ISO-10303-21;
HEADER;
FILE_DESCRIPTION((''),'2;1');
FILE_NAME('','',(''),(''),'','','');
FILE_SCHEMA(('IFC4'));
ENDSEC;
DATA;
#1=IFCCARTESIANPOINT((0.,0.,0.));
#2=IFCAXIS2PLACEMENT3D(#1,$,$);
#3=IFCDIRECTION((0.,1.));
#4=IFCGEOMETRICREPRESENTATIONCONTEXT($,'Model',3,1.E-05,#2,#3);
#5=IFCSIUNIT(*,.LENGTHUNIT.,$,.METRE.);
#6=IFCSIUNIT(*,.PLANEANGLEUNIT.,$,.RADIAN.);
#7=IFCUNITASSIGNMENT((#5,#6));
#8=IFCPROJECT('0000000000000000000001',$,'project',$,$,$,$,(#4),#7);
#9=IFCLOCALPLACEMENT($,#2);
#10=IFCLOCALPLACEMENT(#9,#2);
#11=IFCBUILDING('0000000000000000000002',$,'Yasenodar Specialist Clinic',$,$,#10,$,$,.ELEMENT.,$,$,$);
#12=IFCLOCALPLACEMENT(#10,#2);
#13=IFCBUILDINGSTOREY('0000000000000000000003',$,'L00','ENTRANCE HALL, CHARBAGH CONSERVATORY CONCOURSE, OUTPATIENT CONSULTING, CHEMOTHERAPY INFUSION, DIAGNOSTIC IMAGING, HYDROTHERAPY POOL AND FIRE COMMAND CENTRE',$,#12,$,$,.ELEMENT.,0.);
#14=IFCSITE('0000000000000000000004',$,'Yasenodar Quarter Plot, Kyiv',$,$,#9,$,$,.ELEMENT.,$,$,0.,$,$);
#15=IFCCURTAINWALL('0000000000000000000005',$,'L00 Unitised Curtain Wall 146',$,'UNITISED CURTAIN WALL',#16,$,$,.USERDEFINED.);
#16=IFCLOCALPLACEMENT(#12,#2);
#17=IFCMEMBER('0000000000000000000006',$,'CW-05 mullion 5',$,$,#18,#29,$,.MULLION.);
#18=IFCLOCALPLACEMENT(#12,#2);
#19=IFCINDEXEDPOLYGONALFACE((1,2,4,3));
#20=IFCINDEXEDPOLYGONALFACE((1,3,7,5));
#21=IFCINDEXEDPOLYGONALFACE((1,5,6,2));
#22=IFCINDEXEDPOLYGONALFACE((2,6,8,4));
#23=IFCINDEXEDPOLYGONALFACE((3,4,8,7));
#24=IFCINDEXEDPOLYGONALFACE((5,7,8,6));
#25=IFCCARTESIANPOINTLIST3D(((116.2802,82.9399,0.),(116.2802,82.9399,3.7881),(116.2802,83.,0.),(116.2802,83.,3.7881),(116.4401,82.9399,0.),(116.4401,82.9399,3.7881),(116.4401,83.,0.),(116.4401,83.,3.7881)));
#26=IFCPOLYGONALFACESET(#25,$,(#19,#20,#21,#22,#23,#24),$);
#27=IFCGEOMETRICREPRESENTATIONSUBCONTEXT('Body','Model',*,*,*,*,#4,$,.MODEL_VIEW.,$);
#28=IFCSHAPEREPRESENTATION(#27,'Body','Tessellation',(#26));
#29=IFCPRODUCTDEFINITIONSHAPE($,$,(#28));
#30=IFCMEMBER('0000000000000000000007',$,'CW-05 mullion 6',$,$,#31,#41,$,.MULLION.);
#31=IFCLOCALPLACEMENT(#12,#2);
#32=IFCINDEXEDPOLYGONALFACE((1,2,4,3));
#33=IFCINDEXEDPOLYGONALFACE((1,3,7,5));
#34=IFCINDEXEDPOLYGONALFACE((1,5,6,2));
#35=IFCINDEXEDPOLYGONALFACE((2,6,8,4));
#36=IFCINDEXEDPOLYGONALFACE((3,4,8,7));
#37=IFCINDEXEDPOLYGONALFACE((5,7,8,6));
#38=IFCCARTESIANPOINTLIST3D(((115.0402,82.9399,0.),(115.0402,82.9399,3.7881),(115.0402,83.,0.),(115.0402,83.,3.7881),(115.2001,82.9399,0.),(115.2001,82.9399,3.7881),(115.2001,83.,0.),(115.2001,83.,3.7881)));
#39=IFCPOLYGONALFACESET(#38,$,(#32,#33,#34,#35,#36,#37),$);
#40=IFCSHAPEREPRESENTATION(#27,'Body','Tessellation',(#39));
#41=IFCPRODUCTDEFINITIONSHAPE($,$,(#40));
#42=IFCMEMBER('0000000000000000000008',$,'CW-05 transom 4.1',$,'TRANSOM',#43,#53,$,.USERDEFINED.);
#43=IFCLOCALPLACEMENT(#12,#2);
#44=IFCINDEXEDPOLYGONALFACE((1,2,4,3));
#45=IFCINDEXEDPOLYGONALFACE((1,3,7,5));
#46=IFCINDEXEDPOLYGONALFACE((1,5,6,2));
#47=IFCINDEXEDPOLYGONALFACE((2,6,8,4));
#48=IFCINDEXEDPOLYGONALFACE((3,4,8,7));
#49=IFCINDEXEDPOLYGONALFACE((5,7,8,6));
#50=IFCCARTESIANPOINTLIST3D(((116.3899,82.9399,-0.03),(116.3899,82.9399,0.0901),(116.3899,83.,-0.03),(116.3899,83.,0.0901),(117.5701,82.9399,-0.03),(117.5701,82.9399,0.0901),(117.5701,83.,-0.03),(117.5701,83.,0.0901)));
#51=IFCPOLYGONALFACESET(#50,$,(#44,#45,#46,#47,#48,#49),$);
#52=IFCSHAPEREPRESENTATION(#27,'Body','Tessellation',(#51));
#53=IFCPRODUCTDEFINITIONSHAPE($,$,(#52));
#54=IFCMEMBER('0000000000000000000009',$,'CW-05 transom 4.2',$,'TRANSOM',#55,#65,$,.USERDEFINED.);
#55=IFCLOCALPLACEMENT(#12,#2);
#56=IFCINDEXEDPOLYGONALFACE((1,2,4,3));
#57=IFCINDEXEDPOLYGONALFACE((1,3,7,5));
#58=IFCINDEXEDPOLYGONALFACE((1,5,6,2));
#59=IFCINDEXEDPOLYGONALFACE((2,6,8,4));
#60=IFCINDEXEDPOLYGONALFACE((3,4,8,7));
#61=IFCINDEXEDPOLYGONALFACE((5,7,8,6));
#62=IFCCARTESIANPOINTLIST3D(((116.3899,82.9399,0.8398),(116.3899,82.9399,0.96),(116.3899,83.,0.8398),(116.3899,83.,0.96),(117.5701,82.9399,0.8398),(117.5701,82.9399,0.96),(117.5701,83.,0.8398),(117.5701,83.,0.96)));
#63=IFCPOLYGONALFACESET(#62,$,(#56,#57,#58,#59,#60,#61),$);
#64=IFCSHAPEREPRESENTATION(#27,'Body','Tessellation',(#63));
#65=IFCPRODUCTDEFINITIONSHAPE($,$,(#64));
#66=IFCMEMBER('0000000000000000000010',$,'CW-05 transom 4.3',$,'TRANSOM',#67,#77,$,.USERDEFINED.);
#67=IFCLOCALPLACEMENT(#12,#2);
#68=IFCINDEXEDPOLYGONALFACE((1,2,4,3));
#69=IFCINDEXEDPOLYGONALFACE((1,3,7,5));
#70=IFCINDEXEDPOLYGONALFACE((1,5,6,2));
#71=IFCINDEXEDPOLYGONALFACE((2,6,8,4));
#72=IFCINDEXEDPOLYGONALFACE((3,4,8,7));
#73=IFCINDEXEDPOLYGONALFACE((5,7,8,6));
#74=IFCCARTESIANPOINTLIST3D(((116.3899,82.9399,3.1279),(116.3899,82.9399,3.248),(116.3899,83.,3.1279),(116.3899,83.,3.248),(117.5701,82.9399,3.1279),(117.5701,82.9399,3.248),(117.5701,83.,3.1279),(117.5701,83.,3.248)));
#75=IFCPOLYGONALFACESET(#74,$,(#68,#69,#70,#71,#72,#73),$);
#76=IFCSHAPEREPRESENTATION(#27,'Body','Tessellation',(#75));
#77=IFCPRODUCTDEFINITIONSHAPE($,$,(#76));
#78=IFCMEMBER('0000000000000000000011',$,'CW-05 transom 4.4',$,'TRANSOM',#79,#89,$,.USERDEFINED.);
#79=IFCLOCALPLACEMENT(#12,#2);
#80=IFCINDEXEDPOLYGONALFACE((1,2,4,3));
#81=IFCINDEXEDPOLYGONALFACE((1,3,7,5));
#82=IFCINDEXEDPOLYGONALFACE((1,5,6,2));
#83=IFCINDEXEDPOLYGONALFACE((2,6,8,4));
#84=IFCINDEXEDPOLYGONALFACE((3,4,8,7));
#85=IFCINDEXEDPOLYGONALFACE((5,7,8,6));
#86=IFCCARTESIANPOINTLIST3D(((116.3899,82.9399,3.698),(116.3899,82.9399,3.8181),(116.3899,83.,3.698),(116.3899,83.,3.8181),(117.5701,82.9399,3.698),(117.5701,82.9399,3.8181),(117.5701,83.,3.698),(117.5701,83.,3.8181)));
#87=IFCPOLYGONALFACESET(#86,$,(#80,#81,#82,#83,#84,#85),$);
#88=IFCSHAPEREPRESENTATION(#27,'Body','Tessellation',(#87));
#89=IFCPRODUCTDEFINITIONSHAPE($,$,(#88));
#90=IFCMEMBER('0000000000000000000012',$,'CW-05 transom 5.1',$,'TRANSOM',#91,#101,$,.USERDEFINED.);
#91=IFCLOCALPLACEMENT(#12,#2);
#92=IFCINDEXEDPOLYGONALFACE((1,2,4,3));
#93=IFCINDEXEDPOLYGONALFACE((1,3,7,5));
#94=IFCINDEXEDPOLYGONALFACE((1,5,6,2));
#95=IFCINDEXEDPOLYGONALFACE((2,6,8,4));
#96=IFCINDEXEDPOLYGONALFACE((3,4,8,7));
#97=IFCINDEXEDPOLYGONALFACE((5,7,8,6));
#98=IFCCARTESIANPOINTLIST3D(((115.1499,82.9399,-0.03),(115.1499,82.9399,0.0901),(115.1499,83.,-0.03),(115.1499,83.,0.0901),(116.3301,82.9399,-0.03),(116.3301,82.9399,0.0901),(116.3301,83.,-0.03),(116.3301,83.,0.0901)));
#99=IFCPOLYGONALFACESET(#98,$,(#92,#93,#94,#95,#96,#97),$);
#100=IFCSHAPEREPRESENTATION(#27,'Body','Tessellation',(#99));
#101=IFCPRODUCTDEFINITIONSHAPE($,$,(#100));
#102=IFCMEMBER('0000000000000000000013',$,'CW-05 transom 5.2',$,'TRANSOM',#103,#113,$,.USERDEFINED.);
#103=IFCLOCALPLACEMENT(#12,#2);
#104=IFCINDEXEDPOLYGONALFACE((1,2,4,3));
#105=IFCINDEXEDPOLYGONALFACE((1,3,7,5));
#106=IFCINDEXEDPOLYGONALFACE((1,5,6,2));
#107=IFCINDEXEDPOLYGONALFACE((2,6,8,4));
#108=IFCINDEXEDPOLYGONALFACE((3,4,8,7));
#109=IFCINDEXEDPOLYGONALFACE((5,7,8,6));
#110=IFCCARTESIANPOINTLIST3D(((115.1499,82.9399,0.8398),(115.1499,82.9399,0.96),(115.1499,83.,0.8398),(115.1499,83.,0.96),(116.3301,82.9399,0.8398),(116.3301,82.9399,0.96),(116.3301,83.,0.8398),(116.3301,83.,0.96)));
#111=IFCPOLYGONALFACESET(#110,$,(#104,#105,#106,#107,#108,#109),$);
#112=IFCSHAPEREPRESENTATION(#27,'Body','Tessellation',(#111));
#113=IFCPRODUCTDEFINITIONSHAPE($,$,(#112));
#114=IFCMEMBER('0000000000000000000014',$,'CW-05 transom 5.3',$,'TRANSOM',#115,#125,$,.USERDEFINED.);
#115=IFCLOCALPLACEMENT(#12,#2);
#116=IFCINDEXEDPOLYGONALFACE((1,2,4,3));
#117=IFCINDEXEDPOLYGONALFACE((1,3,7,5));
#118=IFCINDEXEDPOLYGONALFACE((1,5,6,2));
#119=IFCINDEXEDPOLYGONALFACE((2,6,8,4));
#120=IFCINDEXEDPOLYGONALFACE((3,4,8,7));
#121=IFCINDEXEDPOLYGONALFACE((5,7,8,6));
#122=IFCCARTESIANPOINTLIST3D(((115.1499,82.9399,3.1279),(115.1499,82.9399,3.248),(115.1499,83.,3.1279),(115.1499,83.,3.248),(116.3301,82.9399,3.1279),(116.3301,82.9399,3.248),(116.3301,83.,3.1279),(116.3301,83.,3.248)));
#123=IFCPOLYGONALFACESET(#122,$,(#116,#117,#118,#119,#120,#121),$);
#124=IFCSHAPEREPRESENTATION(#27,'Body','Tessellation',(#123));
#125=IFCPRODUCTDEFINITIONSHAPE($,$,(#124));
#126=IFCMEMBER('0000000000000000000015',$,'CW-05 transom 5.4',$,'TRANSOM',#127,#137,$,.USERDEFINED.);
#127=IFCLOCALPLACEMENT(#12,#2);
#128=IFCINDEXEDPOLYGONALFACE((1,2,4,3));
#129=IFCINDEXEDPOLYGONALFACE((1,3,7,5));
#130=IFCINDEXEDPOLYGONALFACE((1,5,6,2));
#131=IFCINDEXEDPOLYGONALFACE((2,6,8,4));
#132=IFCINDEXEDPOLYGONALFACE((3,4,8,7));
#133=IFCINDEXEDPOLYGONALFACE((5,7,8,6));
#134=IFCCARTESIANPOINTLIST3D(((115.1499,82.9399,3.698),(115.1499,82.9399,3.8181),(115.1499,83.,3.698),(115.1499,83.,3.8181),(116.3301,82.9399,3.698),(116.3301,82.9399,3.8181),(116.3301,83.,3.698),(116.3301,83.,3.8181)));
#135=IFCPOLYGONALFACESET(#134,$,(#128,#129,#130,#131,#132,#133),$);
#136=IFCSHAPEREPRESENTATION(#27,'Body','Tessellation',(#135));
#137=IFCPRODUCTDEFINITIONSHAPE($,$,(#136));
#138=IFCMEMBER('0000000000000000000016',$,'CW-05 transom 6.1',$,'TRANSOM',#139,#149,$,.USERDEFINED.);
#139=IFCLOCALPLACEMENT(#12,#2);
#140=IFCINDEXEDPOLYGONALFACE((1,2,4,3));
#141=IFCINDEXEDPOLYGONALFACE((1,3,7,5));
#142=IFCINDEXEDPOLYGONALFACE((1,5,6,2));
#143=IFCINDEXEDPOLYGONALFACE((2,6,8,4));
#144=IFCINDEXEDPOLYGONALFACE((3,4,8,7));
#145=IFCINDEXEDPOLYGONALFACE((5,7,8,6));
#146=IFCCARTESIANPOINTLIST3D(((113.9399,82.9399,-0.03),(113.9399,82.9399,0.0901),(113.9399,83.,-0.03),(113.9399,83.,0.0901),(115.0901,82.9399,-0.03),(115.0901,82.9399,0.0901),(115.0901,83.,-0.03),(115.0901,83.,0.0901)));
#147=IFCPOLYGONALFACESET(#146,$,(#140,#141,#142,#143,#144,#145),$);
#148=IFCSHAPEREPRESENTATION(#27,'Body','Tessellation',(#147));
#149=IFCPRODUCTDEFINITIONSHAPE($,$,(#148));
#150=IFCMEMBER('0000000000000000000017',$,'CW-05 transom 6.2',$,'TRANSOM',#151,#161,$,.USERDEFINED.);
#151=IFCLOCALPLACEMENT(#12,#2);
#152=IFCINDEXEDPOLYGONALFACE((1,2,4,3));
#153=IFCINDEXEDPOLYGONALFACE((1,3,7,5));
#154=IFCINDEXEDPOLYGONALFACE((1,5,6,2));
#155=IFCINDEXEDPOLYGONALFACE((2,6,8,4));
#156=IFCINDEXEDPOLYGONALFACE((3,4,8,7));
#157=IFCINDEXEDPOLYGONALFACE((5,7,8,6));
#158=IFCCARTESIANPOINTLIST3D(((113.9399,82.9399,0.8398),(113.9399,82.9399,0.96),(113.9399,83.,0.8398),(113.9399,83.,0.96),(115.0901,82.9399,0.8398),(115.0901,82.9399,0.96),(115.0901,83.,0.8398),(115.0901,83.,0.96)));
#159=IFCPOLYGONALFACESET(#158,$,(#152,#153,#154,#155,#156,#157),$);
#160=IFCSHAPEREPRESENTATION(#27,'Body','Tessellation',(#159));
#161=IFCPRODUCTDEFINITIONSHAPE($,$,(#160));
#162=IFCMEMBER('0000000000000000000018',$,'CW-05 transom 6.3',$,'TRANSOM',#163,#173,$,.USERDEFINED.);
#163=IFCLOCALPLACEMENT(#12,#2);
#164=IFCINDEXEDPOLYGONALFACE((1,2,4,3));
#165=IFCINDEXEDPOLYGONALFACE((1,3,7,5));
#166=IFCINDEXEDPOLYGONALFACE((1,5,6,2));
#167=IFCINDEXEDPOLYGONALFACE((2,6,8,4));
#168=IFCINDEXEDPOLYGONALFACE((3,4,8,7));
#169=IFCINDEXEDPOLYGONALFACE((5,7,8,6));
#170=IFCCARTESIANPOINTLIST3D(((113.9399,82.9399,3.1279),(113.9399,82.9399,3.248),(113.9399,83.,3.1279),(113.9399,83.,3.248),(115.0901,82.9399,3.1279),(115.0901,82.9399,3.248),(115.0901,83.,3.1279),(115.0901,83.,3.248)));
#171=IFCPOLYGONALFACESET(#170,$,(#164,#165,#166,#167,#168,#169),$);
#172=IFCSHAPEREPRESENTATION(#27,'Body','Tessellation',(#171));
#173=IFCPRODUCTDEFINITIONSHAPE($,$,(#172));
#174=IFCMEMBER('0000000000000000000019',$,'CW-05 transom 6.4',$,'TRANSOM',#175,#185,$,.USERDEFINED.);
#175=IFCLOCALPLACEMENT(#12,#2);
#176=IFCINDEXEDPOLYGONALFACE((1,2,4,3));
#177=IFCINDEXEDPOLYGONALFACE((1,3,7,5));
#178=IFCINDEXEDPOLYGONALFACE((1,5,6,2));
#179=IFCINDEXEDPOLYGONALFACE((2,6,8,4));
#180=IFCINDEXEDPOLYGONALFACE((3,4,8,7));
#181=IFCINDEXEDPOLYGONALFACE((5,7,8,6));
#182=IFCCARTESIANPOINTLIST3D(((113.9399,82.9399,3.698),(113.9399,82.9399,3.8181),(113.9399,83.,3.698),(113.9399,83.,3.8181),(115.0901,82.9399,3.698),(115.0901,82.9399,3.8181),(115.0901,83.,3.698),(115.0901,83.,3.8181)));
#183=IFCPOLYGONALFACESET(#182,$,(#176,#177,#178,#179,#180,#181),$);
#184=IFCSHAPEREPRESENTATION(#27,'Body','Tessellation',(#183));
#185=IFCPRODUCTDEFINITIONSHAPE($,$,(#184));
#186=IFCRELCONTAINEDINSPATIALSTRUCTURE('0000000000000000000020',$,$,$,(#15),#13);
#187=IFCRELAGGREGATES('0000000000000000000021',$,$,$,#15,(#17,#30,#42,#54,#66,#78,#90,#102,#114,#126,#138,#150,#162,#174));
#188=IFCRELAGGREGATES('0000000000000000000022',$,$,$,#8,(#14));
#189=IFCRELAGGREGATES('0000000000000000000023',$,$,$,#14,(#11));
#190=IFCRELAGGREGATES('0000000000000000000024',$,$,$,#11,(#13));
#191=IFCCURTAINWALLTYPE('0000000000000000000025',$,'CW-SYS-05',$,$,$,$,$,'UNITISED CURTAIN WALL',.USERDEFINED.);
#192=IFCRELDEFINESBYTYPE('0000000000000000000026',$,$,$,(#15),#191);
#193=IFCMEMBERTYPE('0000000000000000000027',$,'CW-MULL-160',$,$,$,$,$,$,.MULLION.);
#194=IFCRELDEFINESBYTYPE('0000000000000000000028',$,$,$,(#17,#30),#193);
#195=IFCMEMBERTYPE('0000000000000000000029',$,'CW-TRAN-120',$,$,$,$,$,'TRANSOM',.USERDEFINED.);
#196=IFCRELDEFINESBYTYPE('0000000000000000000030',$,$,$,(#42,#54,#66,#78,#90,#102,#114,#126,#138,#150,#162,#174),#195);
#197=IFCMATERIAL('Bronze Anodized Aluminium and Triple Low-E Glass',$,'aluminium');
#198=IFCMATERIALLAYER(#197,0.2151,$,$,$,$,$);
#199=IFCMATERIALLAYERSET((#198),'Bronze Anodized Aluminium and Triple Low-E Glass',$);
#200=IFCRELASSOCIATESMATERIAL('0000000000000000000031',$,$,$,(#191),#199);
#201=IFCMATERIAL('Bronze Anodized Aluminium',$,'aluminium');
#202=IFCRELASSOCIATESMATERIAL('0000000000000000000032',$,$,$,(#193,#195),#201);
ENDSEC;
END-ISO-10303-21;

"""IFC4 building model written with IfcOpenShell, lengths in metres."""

from ifc_helpers import new_model, si_unit, direction, frame, origin, origin_2d, place, context, subcontext, project, spatial, rectangle, extrude, material, layer, layer_set, material_profile, profile_set, type_object, element, aggregate, save


model = new_model("IFC4")

# Units and contexts
model_context = context("Model", 3, precision=1e-05, world=origin(), true_north=direction((0.0, 1.0)))
body_context = subcontext(model_context, "Body", "Model", "MODEL_VIEW")
ifc_project = project(units=[si_unit("LENGTHUNIT", "METRE"), si_unit("PLANEANGLEUNIT", "RADIAN")], contexts=[model_context])

# Site, building, storey
site_placement = place(None, origin())
site = spatial("IfcSite", under=ifc_project, at=site_placement, Name="Yasenodar Quarter Plot, Kyiv", CompositionType="ELEMENT", RefElevation=0.0)
building_placement = place(site_placement, origin())
building = spatial("IfcBuilding", under=site, at=building_placement, Name="Yasenodar Specialist Clinic", CompositionType="ELEMENT")
storey_placement = place(building_placement, origin())
storey = spatial("IfcBuildingStorey", under=building, at=storey_placement, Name="L00", Description="ENTRANCE HALL, CHARBAGH CONSERVATORY CONCOURSE, OUTPATIENT CONSULTING, CHEMOTHERAPY INFUSION, DIAGNOSTIC IMAGING, HYDROTHERAPY POOL AND FIRE COMMAND CENTRE", CompositionType="ELEMENT", Elevation=0.0)

# Curtain wall, members
ifc_material_1 = material(Name="Bronze Anodized Aluminium and Triple Low-E Glass", Category="aluminium")
ifc_layer_1 = layer(ifc_material_1, 0.2151)
ifc_layer_set_1 = layer_set([ifc_layer_1], Name="Bronze Anodized Aluminium and Triple Low-E Glass")
curtain_wall_type = type_object("IfcCurtainWallType", Name="CW-SYS-05", ElementType="UNITISED CURTAIN WALL", PredefinedType="USERDEFINED", material=ifc_layer_set_1)
curtain_wall_placement = place(storey_placement, origin())
curtain_wall = element("IfcCurtainWall", 1, at=curtain_wall_placement, inside=storey, type_object=curtain_wall_type, Name="L00 Unitised Curtain Wall 146", ObjectType="UNITISED CURTAIN WALL", PredefinedType="USERDEFINED")
ifc_material_2 = material(Name="Bronze Anodized Aluminium", Category="aluminium")
ifc_material_profile_1 = material_profile(ifc_material_2, rectangle(XDim=0.0601, YDim=0.1599, at=origin_2d()), Name="CW-MULL 60x160")
ifc_profile_set_1 = profile_set([ifc_material_profile_1], Name="Bronze Anodized Aluminium")
member_type_1 = type_object("IfcMemberType", Name="CW-MULL-160", PredefinedType="MULLION", material=ifc_profile_set_1)
member_1_placement = place(storey_placement, frame((116.3601, 82.97, 0.0), z_axis=(0.0, 0.0, 1.0), x_axis=(0.0, -1.0, 0.0)))
member_1 = element("IfcMember", 2, at=member_1_placement, type_object=member_type_1, Name="CW-05 mullion 5", PredefinedType="MULLION", context=body_context, shape_type="SweptSolid", body=[
    extrude(rectangle(XDim=0.0601, YDim=0.1599, at=origin_2d()), origin(), (0.0, 0.0, 1.0), 3.7881),
])
member_2_placement = place(storey_placement, frame((115.1201, 82.97, 0.0), z_axis=(0.0, 0.0, 1.0), x_axis=(0.0, -1.0, 0.0)))
member_2 = element("IfcMember", 3, at=member_2_placement, type_object=member_type_1, Name="CW-05 mullion 6", PredefinedType="MULLION", context=body_context, shape_type="SweptSolid", body=[
    extrude(rectangle(XDim=0.0601, YDim=0.1599, at=origin_2d()), origin(), (0.0, 0.0, 1.0), 3.7881),
])
ifc_material_profile_2 = material_profile(ifc_material_2, rectangle(XDim=0.0601, YDim=0.1201, at=origin_2d()), Name="CW-TRAN 60x120")
ifc_profile_set_2 = profile_set([ifc_material_profile_2], Name="Bronze Anodized Aluminium")
member_type_2 = type_object("IfcMemberType", Name="CW-TRAN-120", ElementType="TRANSOM", PredefinedType="USERDEFINED", material=ifc_profile_set_2)
member_3_placement = place(storey_placement, frame((117.5701, 82.97, 0.03), z_axis=(-1.0, 0.0, 0.0), x_axis=(0.0, -1.0, 0.0)))
member_3 = element("IfcMember", 4, at=member_3_placement, type_object=member_type_2, Name="CW-05 transom 4.1", ObjectType="TRANSOM", PredefinedType="USERDEFINED", context=body_context, shape_type="SweptSolid", body=[
    extrude(rectangle(XDim=0.0601, YDim=0.1201, at=origin_2d()), origin(), (0.0, 0.0, 1.0), 1.1802),
])
member_4_placement = place(storey_placement, frame((117.5701, 82.97, 0.8999), z_axis=(-1.0, 0.0, 0.0), x_axis=(0.0, -1.0, 0.0)))
member_4 = element("IfcMember", 5, at=member_4_placement, type_object=member_type_2, Name="CW-05 transom 4.2", ObjectType="TRANSOM", PredefinedType="USERDEFINED", context=body_context, shape_type="SweptSolid", body=[
    extrude(rectangle(XDim=0.0601, YDim=0.1201, at=origin_2d()), origin(), (0.0, 0.0, 1.0), 1.1802),
])
member_5_placement = place(storey_placement, frame((117.5701, 82.97, 3.188), z_axis=(-1.0, 0.0, 0.0), x_axis=(0.0, -1.0, 0.0)))
member_5 = element("IfcMember", 6, at=member_5_placement, type_object=member_type_2, Name="CW-05 transom 4.3", ObjectType="TRANSOM", PredefinedType="USERDEFINED", context=body_context, shape_type="SweptSolid", body=[
    extrude(rectangle(XDim=0.0601, YDim=0.1201, at=origin_2d()), origin(), (0.0, 0.0, 1.0), 1.1802),
])
member_6_placement = place(storey_placement, frame((117.5701, 82.97, 3.7581), z_axis=(-1.0, 0.0, 0.0), x_axis=(0.0, -1.0, 0.0)))
member_6 = element("IfcMember", 7, at=member_6_placement, type_object=member_type_2, Name="CW-05 transom 4.4", ObjectType="TRANSOM", PredefinedType="USERDEFINED", context=body_context, shape_type="SweptSolid", body=[
    extrude(rectangle(XDim=0.0601, YDim=0.1201, at=origin_2d()), origin(), (0.0, 0.0, 1.0), 1.1802),
])
member_7_placement = place(storey_placement, frame((116.3301, 82.97, 0.03), z_axis=(-1.0, 0.0, 0.0), x_axis=(0.0, -1.0, 0.0)))
member_7 = element("IfcMember", 8, at=member_7_placement, type_object=member_type_2, Name="CW-05 transom 5.1", ObjectType="TRANSOM", PredefinedType="USERDEFINED", context=body_context, shape_type="SweptSolid", body=[
    extrude(rectangle(XDim=0.0601, YDim=0.1201, at=origin_2d()), origin(), (0.0, 0.0, 1.0), 1.1802),
])
member_8_placement = place(storey_placement, frame((116.3301, 82.97, 0.8999), z_axis=(-1.0, 0.0, 0.0), x_axis=(0.0, -1.0, 0.0)))
member_8 = element("IfcMember", 9, at=member_8_placement, type_object=member_type_2, Name="CW-05 transom 5.2", ObjectType="TRANSOM", PredefinedType="USERDEFINED", context=body_context, shape_type="SweptSolid", body=[
    extrude(rectangle(XDim=0.0601, YDim=0.1201, at=origin_2d()), origin(), (0.0, 0.0, 1.0), 1.1802),
])
member_9_placement = place(storey_placement, frame((116.3301, 82.97, 3.188), z_axis=(-1.0, 0.0, 0.0), x_axis=(0.0, -1.0, 0.0)))
member_9 = element("IfcMember", 10, at=member_9_placement, type_object=member_type_2, Name="CW-05 transom 5.3", ObjectType="TRANSOM", PredefinedType="USERDEFINED", context=body_context, shape_type="SweptSolid", body=[
    extrude(rectangle(XDim=0.0601, YDim=0.1201, at=origin_2d()), origin(), (0.0, 0.0, 1.0), 1.1802),
])
member_10_placement = place(storey_placement, frame((116.3301, 82.97, 3.7581), z_axis=(-1.0, 0.0, 0.0), x_axis=(0.0, -1.0, 0.0)))
member_10 = element("IfcMember", 11, at=member_10_placement, type_object=member_type_2, Name="CW-05 transom 5.4", ObjectType="TRANSOM", PredefinedType="USERDEFINED", context=body_context, shape_type="SweptSolid", body=[
    extrude(rectangle(XDim=0.0601, YDim=0.1201, at=origin_2d()), origin(), (0.0, 0.0, 1.0), 1.1802),
])
member_11_placement = place(storey_placement, frame((115.0901, 82.97, 0.03), z_axis=(-1.0, 0.0, 0.0), x_axis=(0.0, -1.0, 0.0)))
member_11 = element("IfcMember", 12, at=member_11_placement, type_object=member_type_2, Name="CW-05 transom 6.1", ObjectType="TRANSOM", PredefinedType="USERDEFINED", context=body_context, shape_type="SweptSolid", body=[
    extrude(rectangle(XDim=0.0601, YDim=0.1201, at=origin_2d()), origin(), (0.0, 0.0, 1.0), 1.1501),
])
member_12_placement = place(storey_placement, frame((115.0901, 82.97, 0.8999), z_axis=(-1.0, 0.0, 0.0), x_axis=(0.0, -1.0, 0.0)))
member_12 = element("IfcMember", 13, at=member_12_placement, type_object=member_type_2, Name="CW-05 transom 6.2", ObjectType="TRANSOM", PredefinedType="USERDEFINED", context=body_context, shape_type="SweptSolid", body=[
    extrude(rectangle(XDim=0.0601, YDim=0.1201, at=origin_2d()), origin(), (0.0, 0.0, 1.0), 1.1501),
])
member_13_placement = place(storey_placement, frame((115.0901, 82.97, 3.188), z_axis=(-1.0, 0.0, 0.0), x_axis=(0.0, -1.0, 0.0)))
member_13 = element("IfcMember", 14, at=member_13_placement, type_object=member_type_2, Name="CW-05 transom 6.3", ObjectType="TRANSOM", PredefinedType="USERDEFINED", context=body_context, shape_type="SweptSolid", body=[
    extrude(rectangle(XDim=0.0601, YDim=0.1201, at=origin_2d()), origin(), (0.0, 0.0, 1.0), 1.1501),
])
member_14_placement = place(storey_placement, frame((115.0901, 82.97, 3.7581), z_axis=(-1.0, 0.0, 0.0), x_axis=(0.0, -1.0, 0.0)))
member_14 = element("IfcMember", 15, at=member_14_placement, type_object=member_type_2, Name="CW-05 transom 6.4", ObjectType="TRANSOM", PredefinedType="USERDEFINED", context=body_context, shape_type="SweptSolid", body=[
    extrude(rectangle(XDim=0.0601, YDim=0.1201, at=origin_2d()), origin(), (0.0, 0.0, 1.0), 1.1501),
])
aggregate(curtain_wall, [member_1, member_2, member_3, member_4, member_5, member_6, member_7, member_8, member_9, member_10, member_11, member_12, member_13, member_14])

save(model, "model.ifc")
